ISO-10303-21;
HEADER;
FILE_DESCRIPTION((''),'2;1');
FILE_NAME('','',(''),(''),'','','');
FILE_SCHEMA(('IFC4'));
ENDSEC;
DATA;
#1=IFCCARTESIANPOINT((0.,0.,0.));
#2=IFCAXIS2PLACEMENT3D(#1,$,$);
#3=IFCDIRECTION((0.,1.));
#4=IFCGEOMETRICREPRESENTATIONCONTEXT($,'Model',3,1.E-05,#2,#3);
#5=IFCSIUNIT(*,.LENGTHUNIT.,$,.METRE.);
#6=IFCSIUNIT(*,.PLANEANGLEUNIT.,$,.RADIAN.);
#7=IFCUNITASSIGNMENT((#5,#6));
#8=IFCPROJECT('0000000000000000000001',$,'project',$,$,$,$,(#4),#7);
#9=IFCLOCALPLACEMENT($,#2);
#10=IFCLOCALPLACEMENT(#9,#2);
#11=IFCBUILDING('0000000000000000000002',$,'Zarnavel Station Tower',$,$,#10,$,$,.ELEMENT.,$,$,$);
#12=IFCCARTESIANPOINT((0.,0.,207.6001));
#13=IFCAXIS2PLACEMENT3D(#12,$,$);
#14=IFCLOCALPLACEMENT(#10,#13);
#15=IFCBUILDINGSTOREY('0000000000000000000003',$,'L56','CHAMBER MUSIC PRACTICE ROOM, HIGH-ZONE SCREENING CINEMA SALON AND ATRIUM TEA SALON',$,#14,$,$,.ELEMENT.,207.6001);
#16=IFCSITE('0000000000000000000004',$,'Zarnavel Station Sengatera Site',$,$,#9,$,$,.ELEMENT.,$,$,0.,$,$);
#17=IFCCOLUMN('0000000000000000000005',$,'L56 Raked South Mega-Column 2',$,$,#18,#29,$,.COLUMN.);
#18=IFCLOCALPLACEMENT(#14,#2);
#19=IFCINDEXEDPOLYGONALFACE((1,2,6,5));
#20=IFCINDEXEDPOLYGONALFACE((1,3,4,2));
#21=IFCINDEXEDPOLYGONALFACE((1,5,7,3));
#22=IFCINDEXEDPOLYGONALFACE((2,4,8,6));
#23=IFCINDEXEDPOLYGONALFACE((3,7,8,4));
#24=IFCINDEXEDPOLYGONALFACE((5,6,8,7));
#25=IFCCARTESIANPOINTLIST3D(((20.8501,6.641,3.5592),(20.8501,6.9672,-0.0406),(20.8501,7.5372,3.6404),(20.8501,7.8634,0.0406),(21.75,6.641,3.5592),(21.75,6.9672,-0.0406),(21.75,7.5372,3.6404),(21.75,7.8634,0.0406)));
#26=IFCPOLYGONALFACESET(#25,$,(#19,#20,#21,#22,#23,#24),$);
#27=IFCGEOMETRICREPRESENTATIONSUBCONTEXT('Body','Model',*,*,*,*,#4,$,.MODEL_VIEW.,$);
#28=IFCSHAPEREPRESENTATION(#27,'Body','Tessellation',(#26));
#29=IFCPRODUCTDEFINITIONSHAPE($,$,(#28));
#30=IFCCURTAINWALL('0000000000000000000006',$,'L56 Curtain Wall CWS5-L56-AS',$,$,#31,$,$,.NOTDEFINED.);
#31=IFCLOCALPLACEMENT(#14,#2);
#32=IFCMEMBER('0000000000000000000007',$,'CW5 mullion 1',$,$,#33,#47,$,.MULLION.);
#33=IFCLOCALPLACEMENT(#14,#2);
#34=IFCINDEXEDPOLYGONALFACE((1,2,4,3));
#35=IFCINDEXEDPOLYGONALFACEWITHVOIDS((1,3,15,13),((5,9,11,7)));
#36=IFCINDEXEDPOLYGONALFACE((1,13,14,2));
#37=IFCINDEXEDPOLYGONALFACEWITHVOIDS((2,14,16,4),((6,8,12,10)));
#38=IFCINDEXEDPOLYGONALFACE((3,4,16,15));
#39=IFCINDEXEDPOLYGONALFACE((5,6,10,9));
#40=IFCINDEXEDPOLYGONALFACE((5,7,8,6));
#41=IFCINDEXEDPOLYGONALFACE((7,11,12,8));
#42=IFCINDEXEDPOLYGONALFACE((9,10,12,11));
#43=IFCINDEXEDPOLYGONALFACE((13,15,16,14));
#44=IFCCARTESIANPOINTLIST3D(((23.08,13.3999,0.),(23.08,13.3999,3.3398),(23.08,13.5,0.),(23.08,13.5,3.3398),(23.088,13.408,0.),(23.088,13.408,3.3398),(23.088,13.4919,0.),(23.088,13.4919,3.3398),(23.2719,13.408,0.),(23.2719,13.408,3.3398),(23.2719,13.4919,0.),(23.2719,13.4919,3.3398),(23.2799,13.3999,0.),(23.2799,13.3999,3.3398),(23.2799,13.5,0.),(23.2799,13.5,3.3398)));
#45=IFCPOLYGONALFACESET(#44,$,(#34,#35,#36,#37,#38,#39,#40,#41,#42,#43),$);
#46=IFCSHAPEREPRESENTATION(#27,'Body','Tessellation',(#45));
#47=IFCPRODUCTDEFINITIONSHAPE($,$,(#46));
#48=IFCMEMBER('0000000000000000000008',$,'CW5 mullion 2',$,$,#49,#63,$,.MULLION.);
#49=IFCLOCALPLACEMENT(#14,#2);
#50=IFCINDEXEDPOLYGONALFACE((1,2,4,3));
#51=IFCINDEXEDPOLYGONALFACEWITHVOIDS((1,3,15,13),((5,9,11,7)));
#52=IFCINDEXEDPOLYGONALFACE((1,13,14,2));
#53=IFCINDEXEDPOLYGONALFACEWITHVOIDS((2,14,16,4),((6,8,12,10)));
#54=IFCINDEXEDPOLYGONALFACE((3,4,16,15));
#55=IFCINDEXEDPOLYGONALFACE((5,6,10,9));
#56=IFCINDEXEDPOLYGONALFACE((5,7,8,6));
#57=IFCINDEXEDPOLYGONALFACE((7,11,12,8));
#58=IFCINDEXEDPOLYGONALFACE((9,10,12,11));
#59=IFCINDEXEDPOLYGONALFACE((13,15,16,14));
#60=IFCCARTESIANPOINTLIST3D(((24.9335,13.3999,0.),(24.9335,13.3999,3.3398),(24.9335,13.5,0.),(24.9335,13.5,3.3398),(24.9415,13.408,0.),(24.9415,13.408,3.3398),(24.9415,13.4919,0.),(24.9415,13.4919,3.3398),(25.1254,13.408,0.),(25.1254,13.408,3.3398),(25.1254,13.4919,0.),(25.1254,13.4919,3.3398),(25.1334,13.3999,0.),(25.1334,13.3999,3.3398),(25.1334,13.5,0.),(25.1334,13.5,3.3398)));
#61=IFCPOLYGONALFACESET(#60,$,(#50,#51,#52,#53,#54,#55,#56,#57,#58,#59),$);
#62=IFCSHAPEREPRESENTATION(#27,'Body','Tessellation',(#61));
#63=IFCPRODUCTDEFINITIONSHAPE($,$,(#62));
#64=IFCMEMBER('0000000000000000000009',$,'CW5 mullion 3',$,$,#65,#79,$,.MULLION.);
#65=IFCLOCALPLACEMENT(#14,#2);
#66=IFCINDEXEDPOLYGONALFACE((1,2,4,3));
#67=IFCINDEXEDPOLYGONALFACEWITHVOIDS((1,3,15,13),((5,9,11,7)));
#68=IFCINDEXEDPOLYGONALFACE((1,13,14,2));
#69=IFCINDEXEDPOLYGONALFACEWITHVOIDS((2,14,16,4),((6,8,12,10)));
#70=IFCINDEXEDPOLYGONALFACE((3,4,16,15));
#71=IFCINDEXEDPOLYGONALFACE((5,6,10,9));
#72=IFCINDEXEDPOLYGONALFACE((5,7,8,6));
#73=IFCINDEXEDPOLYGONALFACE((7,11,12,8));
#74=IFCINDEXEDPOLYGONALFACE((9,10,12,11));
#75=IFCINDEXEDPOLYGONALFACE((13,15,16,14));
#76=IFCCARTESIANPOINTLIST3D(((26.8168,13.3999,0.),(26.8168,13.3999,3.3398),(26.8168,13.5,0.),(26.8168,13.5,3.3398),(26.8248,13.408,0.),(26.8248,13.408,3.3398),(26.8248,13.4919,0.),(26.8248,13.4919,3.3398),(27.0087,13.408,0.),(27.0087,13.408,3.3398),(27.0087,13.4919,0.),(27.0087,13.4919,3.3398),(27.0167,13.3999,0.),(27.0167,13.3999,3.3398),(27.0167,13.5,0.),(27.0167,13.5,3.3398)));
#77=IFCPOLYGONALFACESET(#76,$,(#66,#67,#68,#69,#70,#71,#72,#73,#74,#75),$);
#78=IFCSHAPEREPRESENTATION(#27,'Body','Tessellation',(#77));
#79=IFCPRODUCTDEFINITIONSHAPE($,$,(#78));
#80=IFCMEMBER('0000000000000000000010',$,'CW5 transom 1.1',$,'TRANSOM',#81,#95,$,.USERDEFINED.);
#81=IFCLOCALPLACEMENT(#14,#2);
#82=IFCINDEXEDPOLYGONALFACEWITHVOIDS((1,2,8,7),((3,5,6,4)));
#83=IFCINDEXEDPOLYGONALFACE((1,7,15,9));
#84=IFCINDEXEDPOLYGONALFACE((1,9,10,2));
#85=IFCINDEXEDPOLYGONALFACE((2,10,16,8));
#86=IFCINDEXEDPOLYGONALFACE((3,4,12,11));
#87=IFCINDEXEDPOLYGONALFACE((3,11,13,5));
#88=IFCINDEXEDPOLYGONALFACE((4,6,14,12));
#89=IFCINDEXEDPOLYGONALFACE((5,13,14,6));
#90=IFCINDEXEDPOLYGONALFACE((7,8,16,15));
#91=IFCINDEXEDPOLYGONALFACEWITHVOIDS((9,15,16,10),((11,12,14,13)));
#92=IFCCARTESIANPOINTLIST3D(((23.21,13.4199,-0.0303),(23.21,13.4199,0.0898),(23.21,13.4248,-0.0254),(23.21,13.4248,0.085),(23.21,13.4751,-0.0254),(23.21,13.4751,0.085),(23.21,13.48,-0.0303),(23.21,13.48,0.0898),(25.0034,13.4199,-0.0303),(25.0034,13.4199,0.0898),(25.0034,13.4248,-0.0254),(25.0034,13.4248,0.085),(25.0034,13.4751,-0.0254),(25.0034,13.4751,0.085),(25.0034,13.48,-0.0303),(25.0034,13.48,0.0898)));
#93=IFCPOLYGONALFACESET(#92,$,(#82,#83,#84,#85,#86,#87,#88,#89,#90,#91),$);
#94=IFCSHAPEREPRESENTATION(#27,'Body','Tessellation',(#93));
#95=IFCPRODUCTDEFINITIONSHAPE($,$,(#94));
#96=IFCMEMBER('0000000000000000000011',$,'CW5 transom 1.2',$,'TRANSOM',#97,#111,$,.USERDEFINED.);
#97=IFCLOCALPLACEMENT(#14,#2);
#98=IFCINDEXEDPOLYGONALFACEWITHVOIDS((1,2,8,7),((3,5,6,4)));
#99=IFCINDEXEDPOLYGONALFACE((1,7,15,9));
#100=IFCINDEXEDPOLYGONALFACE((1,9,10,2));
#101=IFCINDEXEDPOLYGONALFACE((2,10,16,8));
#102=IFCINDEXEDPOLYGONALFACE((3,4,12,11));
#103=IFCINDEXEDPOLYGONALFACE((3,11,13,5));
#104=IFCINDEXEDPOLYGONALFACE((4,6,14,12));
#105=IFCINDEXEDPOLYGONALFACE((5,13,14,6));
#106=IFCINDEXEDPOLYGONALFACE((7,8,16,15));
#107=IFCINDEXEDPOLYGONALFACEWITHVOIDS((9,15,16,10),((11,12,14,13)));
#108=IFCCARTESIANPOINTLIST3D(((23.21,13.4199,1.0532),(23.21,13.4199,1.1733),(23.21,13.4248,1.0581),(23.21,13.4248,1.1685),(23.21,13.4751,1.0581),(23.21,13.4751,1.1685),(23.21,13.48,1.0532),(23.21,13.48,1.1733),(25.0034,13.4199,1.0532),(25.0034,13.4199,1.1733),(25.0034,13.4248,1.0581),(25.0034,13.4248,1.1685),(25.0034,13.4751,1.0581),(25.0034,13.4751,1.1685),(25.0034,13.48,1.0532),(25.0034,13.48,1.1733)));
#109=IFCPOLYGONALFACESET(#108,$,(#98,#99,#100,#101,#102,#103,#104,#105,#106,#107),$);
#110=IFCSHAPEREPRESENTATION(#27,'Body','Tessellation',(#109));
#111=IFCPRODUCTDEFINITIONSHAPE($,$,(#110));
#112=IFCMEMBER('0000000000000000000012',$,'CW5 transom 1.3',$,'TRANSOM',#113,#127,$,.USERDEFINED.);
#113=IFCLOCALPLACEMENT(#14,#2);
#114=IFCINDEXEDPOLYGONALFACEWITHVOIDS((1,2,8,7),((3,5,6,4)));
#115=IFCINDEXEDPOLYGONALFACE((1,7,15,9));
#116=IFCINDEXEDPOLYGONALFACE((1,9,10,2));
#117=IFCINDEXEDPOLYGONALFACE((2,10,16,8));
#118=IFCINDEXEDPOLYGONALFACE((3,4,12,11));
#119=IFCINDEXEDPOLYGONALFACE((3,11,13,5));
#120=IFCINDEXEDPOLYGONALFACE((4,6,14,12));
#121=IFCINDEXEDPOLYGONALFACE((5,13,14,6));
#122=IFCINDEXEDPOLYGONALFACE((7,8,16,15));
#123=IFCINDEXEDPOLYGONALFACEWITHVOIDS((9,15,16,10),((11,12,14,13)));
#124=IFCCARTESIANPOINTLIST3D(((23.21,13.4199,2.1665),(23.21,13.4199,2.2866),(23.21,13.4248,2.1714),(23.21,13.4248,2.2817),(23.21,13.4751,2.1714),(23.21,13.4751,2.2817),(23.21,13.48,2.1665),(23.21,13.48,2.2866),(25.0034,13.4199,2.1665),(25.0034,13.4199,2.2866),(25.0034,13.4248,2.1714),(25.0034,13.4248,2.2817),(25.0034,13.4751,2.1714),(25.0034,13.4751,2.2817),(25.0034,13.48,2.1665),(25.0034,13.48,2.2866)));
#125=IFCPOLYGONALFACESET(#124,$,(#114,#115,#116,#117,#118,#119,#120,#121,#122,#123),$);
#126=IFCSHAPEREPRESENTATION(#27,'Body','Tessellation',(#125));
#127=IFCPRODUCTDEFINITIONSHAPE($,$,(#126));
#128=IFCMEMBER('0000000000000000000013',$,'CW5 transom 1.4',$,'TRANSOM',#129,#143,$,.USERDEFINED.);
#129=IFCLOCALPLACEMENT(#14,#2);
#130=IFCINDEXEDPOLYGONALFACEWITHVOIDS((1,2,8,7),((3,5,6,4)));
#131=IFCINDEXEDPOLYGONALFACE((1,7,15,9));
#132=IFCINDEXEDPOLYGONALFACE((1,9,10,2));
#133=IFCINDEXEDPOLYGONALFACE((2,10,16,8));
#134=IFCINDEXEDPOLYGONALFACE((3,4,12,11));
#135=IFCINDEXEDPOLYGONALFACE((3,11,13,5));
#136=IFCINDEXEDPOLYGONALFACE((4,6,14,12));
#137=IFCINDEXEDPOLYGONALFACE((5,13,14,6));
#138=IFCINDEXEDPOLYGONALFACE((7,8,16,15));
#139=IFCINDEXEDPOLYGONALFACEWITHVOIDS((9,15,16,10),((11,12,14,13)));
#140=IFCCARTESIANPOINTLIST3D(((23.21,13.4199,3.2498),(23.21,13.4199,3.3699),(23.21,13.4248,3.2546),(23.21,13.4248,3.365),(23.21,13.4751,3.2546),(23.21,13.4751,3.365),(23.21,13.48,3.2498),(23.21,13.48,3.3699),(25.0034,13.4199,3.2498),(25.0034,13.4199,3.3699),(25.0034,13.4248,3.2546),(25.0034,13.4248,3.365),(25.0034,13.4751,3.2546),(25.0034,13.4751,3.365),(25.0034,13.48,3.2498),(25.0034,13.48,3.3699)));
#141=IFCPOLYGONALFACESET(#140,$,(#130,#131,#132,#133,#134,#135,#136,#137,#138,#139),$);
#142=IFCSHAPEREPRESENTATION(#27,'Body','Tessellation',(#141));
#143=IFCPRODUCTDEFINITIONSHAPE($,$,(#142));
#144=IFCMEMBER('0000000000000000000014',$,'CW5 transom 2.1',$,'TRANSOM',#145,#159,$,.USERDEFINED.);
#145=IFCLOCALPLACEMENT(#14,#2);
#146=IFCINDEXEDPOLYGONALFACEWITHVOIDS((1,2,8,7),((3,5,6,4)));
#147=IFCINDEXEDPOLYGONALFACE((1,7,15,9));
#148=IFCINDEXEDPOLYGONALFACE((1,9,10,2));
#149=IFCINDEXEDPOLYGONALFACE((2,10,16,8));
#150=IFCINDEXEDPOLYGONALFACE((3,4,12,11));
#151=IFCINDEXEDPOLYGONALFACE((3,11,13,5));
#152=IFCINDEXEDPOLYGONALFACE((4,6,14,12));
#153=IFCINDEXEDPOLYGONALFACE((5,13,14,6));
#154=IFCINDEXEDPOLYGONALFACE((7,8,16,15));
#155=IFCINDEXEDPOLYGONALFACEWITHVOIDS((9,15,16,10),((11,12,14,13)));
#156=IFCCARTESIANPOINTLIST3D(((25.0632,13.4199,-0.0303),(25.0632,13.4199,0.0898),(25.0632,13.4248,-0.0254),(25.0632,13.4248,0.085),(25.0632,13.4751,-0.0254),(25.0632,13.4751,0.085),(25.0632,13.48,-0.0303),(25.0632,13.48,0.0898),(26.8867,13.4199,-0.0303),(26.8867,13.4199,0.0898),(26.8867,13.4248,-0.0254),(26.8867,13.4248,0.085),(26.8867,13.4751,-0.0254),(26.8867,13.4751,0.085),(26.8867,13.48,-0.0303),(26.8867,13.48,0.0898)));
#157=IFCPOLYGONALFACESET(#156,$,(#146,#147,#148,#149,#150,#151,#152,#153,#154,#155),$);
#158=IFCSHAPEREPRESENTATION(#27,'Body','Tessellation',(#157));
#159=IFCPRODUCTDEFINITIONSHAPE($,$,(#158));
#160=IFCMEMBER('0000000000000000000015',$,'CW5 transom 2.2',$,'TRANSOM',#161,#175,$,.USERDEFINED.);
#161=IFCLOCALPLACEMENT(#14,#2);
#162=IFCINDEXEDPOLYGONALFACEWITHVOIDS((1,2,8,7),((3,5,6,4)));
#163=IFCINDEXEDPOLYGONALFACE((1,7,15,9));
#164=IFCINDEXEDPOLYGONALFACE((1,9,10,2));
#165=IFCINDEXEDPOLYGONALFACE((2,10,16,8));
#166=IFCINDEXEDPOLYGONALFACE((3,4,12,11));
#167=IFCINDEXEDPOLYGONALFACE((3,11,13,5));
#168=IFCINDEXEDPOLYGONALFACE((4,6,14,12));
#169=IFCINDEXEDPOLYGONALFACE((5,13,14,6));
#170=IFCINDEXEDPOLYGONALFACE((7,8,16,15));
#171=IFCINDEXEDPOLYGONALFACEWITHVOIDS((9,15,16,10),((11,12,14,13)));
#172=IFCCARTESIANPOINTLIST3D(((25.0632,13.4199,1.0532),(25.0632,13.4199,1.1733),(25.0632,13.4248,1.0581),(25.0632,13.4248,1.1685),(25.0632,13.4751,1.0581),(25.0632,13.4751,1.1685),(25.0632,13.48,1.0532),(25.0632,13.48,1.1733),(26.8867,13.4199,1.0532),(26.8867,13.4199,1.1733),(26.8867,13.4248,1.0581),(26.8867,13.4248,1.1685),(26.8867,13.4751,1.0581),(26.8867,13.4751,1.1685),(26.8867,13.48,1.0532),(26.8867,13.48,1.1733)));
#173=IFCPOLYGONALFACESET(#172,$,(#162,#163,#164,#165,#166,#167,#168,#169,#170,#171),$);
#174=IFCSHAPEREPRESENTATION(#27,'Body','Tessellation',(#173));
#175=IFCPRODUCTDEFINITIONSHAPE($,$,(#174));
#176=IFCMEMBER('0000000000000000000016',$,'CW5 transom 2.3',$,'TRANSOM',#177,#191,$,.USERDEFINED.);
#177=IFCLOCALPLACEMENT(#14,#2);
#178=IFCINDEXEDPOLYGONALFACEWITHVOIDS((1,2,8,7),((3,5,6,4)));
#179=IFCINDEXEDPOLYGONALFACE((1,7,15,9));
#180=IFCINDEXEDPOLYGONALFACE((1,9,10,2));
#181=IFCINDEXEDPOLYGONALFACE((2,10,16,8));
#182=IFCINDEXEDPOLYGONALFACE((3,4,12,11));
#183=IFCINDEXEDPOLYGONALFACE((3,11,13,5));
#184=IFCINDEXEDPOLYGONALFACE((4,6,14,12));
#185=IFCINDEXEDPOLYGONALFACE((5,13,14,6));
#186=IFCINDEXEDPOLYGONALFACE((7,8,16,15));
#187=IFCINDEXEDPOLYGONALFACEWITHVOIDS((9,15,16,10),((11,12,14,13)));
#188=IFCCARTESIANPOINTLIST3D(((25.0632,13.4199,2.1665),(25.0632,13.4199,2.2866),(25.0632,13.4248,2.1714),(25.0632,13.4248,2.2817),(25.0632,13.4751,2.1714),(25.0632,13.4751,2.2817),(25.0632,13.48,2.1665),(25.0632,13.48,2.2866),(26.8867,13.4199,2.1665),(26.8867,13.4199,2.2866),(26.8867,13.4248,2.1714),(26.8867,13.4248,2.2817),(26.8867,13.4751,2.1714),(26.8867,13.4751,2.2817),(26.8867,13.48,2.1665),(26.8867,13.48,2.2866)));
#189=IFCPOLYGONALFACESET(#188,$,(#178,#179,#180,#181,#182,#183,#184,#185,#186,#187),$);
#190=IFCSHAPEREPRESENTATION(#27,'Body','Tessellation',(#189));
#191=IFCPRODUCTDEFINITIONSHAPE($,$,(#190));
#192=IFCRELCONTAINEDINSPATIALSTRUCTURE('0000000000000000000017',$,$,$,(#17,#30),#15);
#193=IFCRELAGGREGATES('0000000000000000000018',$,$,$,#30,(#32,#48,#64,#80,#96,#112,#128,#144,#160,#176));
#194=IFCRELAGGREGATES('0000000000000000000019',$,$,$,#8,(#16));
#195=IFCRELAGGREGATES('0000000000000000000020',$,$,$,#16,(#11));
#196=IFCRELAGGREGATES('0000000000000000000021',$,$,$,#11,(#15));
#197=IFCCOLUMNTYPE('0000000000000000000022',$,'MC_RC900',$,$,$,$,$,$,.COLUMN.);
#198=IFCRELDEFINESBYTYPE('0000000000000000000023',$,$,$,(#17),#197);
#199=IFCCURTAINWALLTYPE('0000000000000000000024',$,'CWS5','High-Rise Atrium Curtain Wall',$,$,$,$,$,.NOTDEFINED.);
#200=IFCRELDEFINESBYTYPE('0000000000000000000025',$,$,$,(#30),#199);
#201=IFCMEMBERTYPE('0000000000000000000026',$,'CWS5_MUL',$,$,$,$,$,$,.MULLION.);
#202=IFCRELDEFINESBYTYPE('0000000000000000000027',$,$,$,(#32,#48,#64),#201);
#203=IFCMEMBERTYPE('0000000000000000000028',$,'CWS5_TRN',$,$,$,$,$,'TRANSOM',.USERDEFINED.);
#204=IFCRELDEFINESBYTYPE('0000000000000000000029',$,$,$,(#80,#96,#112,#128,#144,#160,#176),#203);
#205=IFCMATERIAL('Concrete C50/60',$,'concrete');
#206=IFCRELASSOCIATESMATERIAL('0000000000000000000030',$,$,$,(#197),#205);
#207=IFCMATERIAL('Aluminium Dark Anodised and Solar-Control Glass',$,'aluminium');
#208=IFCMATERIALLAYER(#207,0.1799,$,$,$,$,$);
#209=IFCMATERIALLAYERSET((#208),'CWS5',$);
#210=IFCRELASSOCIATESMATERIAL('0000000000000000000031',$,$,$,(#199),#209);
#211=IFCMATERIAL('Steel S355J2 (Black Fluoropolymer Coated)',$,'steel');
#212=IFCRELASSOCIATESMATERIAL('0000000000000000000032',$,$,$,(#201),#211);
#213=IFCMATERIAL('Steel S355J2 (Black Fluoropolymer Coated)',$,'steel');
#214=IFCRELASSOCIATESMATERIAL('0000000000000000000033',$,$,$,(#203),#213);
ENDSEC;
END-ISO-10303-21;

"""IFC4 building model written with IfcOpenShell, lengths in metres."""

from ifc_helpers import new_model, si_unit, direction, frame, origin, origin_2d, place, context, subcontext, project, spatial, rectangle, hollow_rectangle, extrude, material, layer, layer_set, material_profile, profile_set, type_object, element, aggregate, save


model = new_model("IFC4")

# Units and contexts
model_context = context("Model", 3, precision=1e-05, world=origin(), true_north=direction((0.0, 1.0)))
body_context = subcontext(model_context, "Body", "Model", "MODEL_VIEW")
ifc_project = project(units=[si_unit("LENGTHUNIT", "METRE"), si_unit("PLANEANGLEUNIT", "RADIAN")], contexts=[model_context])

# Site, building, storey
site_placement = place(None, origin())
site = spatial("IfcSite", under=ifc_project, at=site_placement, Name="Zarnavel Station Sengatera Site", CompositionType="ELEMENT", RefElevation=0.0)
building_placement = place(site_placement, origin())
building = spatial("IfcBuilding", under=site, at=building_placement, Name="Zarnavel Station Tower", CompositionType="ELEMENT")
storey_placement = place(building_placement, frame((0.0, 0.0, 207.6001)))
storey = spatial("IfcBuildingStorey", under=building, at=storey_placement, Name="L56", Description="CHAMBER MUSIC PRACTICE ROOM, HIGH-ZONE SCREENING CINEMA SALON AND ATRIUM TEA SALON", CompositionType="ELEMENT", Elevation=207.6001)

# Column
ifc_material_1 = material(Name="Concrete C50/60", Category="concrete")
ifc_material_profile_1 = material_profile(ifc_material_1, rectangle(XDim=0.8999, YDim=0.8999, at=origin_2d()), Name="RC900x900")
ifc_profile_set_1 = profile_set([ifc_material_profile_1], Name="Concrete C50/60")
column_type = type_object("IfcColumnType", Name="MC_RC900", PredefinedType="COLUMN", material=ifc_profile_set_1)
column_placement = place(storey_placement, frame((21.3, 7.4153, 0.0), z_axis=(0.0, -0.090237, 0.99592), x_axis=(1.0, 0.0, 0.0)))
element("IfcColumn", 1, at=column_placement, inside=storey, type_object=column_type, Name="L56 Raked South Mega-Column 2", PredefinedType="COLUMN", context=body_context, shape_type="SweptSolid", body=[
    extrude(rectangle(XDim=0.8999, YDim=0.8999, at=origin_2d()), origin(), (0.0, 0.0, 1.0), 3.6145),
])

# Curtain wall, members
ifc_material_2 = material(Name="Aluminium Dark Anodised and Solar-Control Glass", Category="aluminium")
ifc_layer_1 = layer(ifc_material_2, 0.1799)
ifc_layer_set_1 = layer_set([ifc_layer_1], Name="CWS5")
curtain_wall_type_1 = type_object("IfcCurtainWallType", Name="CWS5", Description="High-Rise Atrium Curtain Wall", PredefinedType="NOTDEFINED", material=ifc_layer_set_1)
curtain_wall_1_placement = place(storey_placement, origin())
curtain_wall_1 = element("IfcCurtainWall", 2, at=curtain_wall_1_placement, inside=storey, type_object=curtain_wall_type_1, Name="L56 Curtain Wall CWS5-L56-AS", PredefinedType="NOTDEFINED")
ifc_material_3 = material(Name="Steel S355J2 (Black Fluoropolymer Coated)", Category="steel")
ifc_material_profile_2 = material_profile(ifc_material_3, hollow_rectangle(XDim=0.1001, YDim=0.2, WallThickness=0.0081, at=origin_2d()), Name="RHS200x100x8")
ifc_profile_set_2 = profile_set([ifc_material_profile_2], Name="Steel S355J2 (Black Fluoropolymer Coated)")
member_type_1 = type_object("IfcMemberType", Name="CWS5_MUL", PredefinedType="MULLION", material=ifc_profile_set_2)
member_1_placement = place(storey_placement, frame((23.1799, 13.45, 0.0), z_axis=(0.0, 0.0, 1.0), x_axis=(0.0, 1.0, 0.0)))
member_1 = element("IfcMember", 3, at=member_1_placement, type_object=member_type_1, Name="CW5 mullion 1", PredefinedType="MULLION", context=body_context, shape_type="SweptSolid", body=[
    extrude(hollow_rectangle(XDim=0.1001, YDim=0.2, WallThickness=0.0081, at=origin_2d()), origin(), (0.0, 0.0, 1.0), 3.3398),
])
member_2_placement = place(storey_placement, frame((25.0334, 13.45, 0.0), z_axis=(0.0, 0.0, 1.0), x_axis=(0.0, 1.0, 0.0)))
member_2 = element("IfcMember", 4, at=member_2_placement, type_object=member_type_1, Name="CW5 mullion 2", PredefinedType="MULLION", context=body_context, shape_type="SweptSolid", body=[
    extrude(hollow_rectangle(XDim=0.1001, YDim=0.2, WallThickness=0.0081, at=origin_2d()), origin(), (0.0, 0.0, 1.0), 3.3398),
])
member_3_placement = place(storey_placement, frame((26.9167, 13.45, 0.0), z_axis=(0.0, 0.0, 1.0), x_axis=(0.0, 1.0, 0.0)))
member_3 = element("IfcMember", 5, at=member_3_placement, type_object=member_type_1, Name="CW5 mullion 3", PredefinedType="MULLION", context=body_context, shape_type="SweptSolid", body=[
    extrude(hollow_rectangle(XDim=0.1001, YDim=0.2, WallThickness=0.0081, at=origin_2d()), origin(), (0.0, 0.0, 1.0), 3.3398),
])
ifc_material_4 = material(Name="Steel S355J2 (Black Fluoropolymer Coated)", Category="steel")
ifc_material_profile_3 = material_profile(ifc_material_4, hollow_rectangle(XDim=0.0601, YDim=0.1201, WallThickness=0.0049, at=origin_2d()), Name="RHS120x60x5")
ifc_profile_set_3 = profile_set([ifc_material_profile_3], Name="Steel S355J2 (Black Fluoropolymer Coated)")
member_type_2 = type_object("IfcMemberType", Name="CWS5_TRN", ElementType="TRANSOM", PredefinedType="USERDEFINED", material=ifc_profile_set_3)
member_4_placement = place(storey_placement, frame((23.21, 13.45, 0.0298), z_axis=(1.0, 0.0, 0.0), x_axis=(0.0, 1.0, 0.0)))
member_4 = element("IfcMember", 6, at=member_4_placement, type_object=member_type_2, Name="CW5 transom 1.1", ObjectType="TRANSOM", PredefinedType="USERDEFINED", context=body_context, shape_type="SweptSolid", body=[
    extrude(hollow_rectangle(XDim=0.0601, YDim=0.1201, WallThickness=0.0049, at=origin_2d()), origin(), (0.0, 0.0, 1.0), 1.7935),
])
member_5_placement = place(storey_placement, frame((23.21, 13.45, 1.1133), z_axis=(1.0, 0.0, 0.0), x_axis=(0.0, 1.0, 0.0)))
member_5 = element("IfcMember", 7, at=member_5_placement, type_object=member_type_2, Name="CW5 transom 1.2", ObjectType="TRANSOM", PredefinedType="USERDEFINED", context=body_context, shape_type="SweptSolid", body=[
    extrude(hollow_rectangle(XDim=0.0601, YDim=0.1201, WallThickness=0.0049, at=origin_2d()), origin(), (0.0, 0.0, 1.0), 1.7935),
])
member_6_placement = place(storey_placement, frame((23.21, 13.45, 2.2266), z_axis=(1.0, 0.0, 0.0), x_axis=(0.0, 1.0, 0.0)))
member_6 = element("IfcMember", 8, at=member_6_placement, type_object=member_type_2, Name="CW5 transom 1.3", ObjectType="TRANSOM", PredefinedType="USERDEFINED", context=body_context, shape_type="SweptSolid", body=[
    extrude(hollow_rectangle(XDim=0.0601, YDim=0.1201, WallThickness=0.0049, at=origin_2d()), origin(), (0.0, 0.0, 1.0), 1.7935),
])
member_7_placement = place(storey_placement, frame((23.21, 13.45, 3.3098), z_axis=(1.0, 0.0, 0.0), x_axis=(0.0, 1.0, 0.0)))
member_7 = element("IfcMember", 9, at=member_7_placement, type_object=member_type_2, Name="CW5 transom 1.4", ObjectType="TRANSOM", PredefinedType="USERDEFINED", context=body_context, shape_type="SweptSolid", body=[
    extrude(hollow_rectangle(XDim=0.0601, YDim=0.1201, WallThickness=0.0049, at=origin_2d()), origin(), (0.0, 0.0, 1.0), 1.7935),
])
member_8_placement = place(storey_placement, frame((25.0632, 13.45, 0.0298), z_axis=(1.0, 0.0, 0.0), x_axis=(0.0, 1.0, 0.0)))
member_8 = element("IfcMember", 10, at=member_8_placement, type_object=member_type_2, Name="CW5 transom 2.1", ObjectType="TRANSOM", PredefinedType="USERDEFINED", context=body_context, shape_type="SweptSolid", body=[
    extrude(hollow_rectangle(XDim=0.0601, YDim=0.1201, WallThickness=0.0049, at=origin_2d()), origin(), (0.0, 0.0, 1.0), 1.8235),
])
member_9_placement = place(storey_placement, frame((25.0632, 13.45, 1.1133), z_axis=(1.0, 0.0, 0.0), x_axis=(0.0, 1.0, 0.0)))
member_9 = element("IfcMember", 11, at=member_9_placement, type_object=member_type_2, Name="CW5 transom 2.2", ObjectType="TRANSOM", PredefinedType="USERDEFINED", context=body_context, shape_type="SweptSolid", body=[
    extrude(hollow_rectangle(XDim=0.0601, YDim=0.1201, WallThickness=0.0049, at=origin_2d()), origin(), (0.0, 0.0, 1.0), 1.8235),
])
member_10_placement = place(storey_placement, frame((25.0632, 13.45, 2.2266), z_axis=(1.0, 0.0, 0.0), x_axis=(0.0, 1.0, 0.0)))
member_10 = element("IfcMember", 12, at=member_10_placement, type_object=member_type_2, Name="CW5 transom 2.3", ObjectType="TRANSOM", PredefinedType="USERDEFINED", context=body_context, shape_type="SweptSolid", body=[
    extrude(hollow_rectangle(XDim=0.0601, YDim=0.1201, WallThickness=0.0049, at=origin_2d()), origin(), (0.0, 0.0, 1.0), 1.8235),
])

aggregate(curtain_wall_1, [member_1, member_2, member_3, member_4, member_5, member_6, member_7, member_8, member_9, member_10])

save(model, "model.ifc")
